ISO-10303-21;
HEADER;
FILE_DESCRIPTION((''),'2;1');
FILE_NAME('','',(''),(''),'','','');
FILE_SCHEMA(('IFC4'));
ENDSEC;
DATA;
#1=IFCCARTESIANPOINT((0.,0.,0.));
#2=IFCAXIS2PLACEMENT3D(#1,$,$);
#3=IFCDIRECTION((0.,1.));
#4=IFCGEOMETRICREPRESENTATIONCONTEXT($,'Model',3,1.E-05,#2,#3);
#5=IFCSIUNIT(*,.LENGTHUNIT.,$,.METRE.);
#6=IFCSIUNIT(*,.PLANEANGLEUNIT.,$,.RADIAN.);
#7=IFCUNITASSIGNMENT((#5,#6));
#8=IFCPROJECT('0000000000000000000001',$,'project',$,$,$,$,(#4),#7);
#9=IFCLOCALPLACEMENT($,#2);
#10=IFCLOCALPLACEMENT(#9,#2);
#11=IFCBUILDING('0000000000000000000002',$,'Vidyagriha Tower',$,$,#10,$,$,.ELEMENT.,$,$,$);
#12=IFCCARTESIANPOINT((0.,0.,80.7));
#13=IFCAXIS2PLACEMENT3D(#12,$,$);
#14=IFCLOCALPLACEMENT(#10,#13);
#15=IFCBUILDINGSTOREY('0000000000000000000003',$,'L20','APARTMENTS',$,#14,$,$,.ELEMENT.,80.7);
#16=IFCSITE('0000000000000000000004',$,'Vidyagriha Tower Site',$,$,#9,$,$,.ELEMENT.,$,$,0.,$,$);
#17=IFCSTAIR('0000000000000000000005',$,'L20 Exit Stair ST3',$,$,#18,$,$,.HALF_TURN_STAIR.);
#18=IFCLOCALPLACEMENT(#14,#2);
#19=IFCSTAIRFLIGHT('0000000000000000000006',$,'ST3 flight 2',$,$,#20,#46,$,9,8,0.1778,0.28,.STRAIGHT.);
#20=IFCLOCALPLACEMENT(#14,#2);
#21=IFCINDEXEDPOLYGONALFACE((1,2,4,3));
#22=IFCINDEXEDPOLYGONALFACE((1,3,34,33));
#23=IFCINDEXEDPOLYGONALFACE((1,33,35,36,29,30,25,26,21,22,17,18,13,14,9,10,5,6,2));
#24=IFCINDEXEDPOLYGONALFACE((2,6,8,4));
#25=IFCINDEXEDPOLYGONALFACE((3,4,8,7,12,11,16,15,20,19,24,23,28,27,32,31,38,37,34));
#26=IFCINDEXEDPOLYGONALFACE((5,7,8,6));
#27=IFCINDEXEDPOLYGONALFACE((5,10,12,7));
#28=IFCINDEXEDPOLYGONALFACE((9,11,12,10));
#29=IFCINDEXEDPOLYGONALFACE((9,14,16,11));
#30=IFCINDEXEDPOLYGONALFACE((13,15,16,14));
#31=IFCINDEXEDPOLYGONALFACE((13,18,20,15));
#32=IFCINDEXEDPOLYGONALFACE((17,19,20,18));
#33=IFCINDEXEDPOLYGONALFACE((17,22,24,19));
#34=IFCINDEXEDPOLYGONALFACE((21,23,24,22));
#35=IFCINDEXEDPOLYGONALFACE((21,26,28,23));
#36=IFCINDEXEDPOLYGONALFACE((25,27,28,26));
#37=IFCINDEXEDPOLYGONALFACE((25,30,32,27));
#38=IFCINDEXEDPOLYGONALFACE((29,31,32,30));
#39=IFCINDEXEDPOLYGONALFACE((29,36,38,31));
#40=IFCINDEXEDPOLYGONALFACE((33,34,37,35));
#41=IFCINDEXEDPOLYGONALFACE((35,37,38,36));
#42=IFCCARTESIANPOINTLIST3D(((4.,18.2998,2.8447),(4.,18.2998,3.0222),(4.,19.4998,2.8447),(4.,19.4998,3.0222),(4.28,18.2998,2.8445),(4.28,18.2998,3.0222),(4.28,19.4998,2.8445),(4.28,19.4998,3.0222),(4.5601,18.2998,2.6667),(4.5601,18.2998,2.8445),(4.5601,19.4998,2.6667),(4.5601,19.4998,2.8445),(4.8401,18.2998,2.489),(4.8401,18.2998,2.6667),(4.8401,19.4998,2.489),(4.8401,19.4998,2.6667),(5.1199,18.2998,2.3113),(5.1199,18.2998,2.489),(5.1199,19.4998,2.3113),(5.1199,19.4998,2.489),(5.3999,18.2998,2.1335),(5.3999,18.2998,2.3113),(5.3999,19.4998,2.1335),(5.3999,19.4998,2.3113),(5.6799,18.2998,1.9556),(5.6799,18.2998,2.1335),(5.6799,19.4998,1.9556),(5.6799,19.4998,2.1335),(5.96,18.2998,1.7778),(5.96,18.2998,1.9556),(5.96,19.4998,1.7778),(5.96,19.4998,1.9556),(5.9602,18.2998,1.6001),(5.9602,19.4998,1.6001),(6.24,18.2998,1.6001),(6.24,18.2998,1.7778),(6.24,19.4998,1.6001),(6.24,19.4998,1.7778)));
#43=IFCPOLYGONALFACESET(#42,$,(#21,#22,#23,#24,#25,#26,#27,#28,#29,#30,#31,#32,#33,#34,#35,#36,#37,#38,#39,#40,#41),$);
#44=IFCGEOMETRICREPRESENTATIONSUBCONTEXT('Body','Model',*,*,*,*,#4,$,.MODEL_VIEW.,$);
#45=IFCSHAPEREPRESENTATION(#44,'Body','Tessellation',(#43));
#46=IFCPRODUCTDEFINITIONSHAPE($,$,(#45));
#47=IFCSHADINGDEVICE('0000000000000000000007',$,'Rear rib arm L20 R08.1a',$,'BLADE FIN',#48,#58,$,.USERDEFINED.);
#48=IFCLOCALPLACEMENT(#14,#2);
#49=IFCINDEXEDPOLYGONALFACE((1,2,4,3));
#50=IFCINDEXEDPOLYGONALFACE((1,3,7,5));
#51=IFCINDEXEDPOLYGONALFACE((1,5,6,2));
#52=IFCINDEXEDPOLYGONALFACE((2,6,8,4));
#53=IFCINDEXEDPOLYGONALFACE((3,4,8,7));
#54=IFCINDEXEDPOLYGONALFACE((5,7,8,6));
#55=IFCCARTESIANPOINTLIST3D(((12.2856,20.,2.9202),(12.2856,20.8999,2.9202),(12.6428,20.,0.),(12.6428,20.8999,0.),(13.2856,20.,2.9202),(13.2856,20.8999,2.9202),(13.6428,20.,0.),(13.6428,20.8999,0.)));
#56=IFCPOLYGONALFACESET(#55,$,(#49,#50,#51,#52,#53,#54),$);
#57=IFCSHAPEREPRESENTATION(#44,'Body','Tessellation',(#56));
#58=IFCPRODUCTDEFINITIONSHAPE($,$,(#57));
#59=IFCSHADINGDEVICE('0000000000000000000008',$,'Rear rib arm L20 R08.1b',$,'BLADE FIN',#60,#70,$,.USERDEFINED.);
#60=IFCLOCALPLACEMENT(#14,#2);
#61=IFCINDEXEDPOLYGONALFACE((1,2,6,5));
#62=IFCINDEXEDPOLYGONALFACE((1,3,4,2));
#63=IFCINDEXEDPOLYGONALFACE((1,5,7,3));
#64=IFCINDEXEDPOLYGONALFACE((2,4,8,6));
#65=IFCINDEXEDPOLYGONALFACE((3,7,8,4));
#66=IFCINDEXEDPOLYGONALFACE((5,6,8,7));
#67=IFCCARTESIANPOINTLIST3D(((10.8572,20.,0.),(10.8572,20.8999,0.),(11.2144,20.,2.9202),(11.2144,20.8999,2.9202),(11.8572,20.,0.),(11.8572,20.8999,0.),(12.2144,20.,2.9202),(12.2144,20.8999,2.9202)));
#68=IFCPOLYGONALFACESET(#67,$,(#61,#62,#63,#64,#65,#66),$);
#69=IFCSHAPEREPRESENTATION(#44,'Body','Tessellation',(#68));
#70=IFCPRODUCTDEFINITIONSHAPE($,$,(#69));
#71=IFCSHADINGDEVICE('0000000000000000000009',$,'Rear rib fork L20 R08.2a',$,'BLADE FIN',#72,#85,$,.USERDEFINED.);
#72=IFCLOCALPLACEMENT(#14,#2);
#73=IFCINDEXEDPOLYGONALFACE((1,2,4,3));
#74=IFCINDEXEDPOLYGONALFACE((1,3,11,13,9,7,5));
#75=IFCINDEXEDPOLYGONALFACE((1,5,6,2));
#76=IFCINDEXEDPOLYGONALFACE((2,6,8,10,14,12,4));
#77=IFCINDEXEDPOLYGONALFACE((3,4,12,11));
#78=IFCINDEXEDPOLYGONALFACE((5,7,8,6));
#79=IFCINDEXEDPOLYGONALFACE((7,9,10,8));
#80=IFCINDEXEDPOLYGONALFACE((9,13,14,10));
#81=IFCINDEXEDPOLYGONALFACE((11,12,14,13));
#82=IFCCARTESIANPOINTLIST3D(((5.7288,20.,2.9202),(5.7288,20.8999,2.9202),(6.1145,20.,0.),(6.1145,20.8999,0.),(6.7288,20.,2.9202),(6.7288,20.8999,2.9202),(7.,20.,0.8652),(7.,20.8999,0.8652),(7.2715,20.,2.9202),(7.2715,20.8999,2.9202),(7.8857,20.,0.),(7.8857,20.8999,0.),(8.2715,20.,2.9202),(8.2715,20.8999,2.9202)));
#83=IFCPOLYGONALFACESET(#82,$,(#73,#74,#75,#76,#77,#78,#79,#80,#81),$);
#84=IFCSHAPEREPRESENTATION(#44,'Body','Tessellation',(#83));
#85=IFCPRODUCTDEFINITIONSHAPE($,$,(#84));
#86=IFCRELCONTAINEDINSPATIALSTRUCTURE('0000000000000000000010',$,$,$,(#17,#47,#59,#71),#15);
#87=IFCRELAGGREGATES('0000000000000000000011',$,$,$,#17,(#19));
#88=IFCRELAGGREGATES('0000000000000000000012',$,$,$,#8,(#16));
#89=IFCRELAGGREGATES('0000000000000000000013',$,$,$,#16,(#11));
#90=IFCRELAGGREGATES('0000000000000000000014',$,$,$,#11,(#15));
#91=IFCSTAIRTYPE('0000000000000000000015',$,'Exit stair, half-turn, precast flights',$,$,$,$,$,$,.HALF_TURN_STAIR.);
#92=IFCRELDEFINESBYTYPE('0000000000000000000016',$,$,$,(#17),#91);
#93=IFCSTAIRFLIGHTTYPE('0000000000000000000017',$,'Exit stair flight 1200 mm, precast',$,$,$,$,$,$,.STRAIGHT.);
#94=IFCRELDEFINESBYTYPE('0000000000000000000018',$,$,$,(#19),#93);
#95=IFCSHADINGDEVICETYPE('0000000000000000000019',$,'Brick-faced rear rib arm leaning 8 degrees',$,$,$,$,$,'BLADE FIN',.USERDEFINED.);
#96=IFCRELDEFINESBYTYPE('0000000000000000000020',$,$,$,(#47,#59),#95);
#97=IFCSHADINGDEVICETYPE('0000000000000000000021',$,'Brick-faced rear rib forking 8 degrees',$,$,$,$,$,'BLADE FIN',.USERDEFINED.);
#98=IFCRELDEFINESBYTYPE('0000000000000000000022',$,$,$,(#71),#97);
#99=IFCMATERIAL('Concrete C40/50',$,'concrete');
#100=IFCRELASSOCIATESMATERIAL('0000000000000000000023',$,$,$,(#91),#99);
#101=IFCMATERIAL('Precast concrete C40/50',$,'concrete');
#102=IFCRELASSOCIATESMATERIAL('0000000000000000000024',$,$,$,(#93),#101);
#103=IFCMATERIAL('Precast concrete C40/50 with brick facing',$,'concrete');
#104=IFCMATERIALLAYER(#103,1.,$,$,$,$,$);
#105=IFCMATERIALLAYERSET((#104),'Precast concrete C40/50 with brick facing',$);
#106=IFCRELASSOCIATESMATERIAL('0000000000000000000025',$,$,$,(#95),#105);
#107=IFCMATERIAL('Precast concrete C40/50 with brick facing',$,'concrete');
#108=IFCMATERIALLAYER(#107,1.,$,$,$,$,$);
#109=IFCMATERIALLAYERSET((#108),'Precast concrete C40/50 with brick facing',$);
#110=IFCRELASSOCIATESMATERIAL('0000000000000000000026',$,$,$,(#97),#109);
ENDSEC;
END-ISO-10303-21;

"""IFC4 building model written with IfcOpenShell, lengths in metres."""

from ifc_helpers import new_model, si_unit, direction, frame, origin, place, context, subcontext, project, spatial, polyline, outline, extrude, material, layer, layer_set, type_object, element, aggregate, save


model = new_model("IFC4")

# Units and contexts
model_context = context("Model", 3, precision=1e-05, world=origin(), true_north=direction((0.0, 1.0)))
body_context = subcontext(model_context, "Body", "Model", "MODEL_VIEW")
ifc_project = project(units=[si_unit("LENGTHUNIT", "METRE"), si_unit("PLANEANGLEUNIT", "RADIAN")], contexts=[model_context])

# Site, building, storey
site_placement = place(None, origin())
site = spatial("IfcSite", under=ifc_project, at=site_placement, Name="Vidyagriha Tower Site", CompositionType="ELEMENT", RefElevation=0.0)
building_placement = place(site_placement, origin())
building = spatial("IfcBuilding", under=site, at=building_placement, Name="Vidyagriha Tower", CompositionType="ELEMENT")
storey_placement = place(building_placement, frame((0.0, 0.0, 80.7)))
storey = spatial("IfcBuildingStorey", under=building, at=storey_placement, Name="L20", Description="APARTMENTS", CompositionType="ELEMENT", Elevation=80.7)

# Stair, stair flight
ifc_material_1 = material(Name="Concrete C40/50", Category="concrete")
stair_type = type_object("IfcStairType", Name="Exit stair, half-turn, precast flights", PredefinedType="HALF_TURN_STAIR", material=ifc_material_1)
stair_placement = place(storey_placement, origin())
stair = element("IfcStair", 1, at=stair_placement, inside=storey, type_object=stair_type, Name="L20 Exit Stair ST3", PredefinedType="HALF_TURN_STAIR")
ifc_material_2 = material(Name="Precast concrete C40/50", Category="concrete")
stair_flight_type = type_object("IfcStairFlightType", Name="Exit stair flight 1200 mm, precast", PredefinedType="STRAIGHT", material=ifc_material_2)
stair_flight_1_placement = place(storey_placement, frame((6.24, 18.8999, 1.6001), z_axis=(0.0, 0.0, 1.0), x_axis=(-1.0, 0.0, 0.0)))
stair_flight_1 = element("IfcStairFlight", 2, at=stair_flight_1_placement, type_object=stair_flight_type, Name="ST3 flight 2", NumberOfRisers=9, NumberOfTreads=8, PredefinedType="STRAIGHT", RiserHeight=0.1778, TreadLength=0.28, context=body_context, shape_type="SweptSolid", body=[
    extrude(outline(polyline([(0.0, 0.0), (0.0, 0.1777), (0.28, 0.1777), (0.28, 0.3555), (0.5601, 0.3555), (0.5601, 0.5334), (0.8401, 0.5334), (0.8401, 0.7112), (1.1201, 0.7112), (1.1201, 0.8889), (1.3999, 0.8889), (1.3999, 1.0667), (1.6799, 1.0667), (1.6799, 1.2444), (1.96, 1.2444), (1.96, 1.4221), (2.24, 1.4221), (2.24, 1.6001), (2.24, 1.2446), (0.2798, 0.0), (0.0, 0.0)])), frame((0.0, 0.6001, 0.0), z_axis=(0.0, -1.0, 0.0), x_axis=(1.0, 0.0, 0.0)), (0.0, 0.0, 1.0), 1.2),
])
aggregate(stair, [stair_flight_1])

# Shading devices
ifc_material_3 = material(Name="Precast concrete C40/50 with brick facing", Category="concrete")
ifc_layer_1 = layer(ifc_material_3, 1.0)
ifc_layer_set_1 = layer_set([ifc_layer_1], Name="Precast concrete C40/50 with brick facing")
shading_device_type_1 = type_object("IfcShadingDeviceType", Name="Brick-faced rear rib arm leaning 8 degrees", ElementType="BLADE FIN", PredefinedType="USERDEFINED", material=ifc_layer_set_1)
shading_device_1_placement = place(storey_placement, frame((13.6428, 20.45, 0.0), z_axis=(0.0, 0.0, 1.0), x_axis=(-1.0, 0.0, 0.0)))
element("IfcShadingDevice", 3, at=shading_device_1_placement, inside=storey, type_object=shading_device_type_1, Name="Rear rib arm L20 R08.1a", ObjectType="BLADE FIN", PredefinedType="USERDEFINED", context=body_context, shape_type="SweptSolid", body=[
    extrude(outline(polyline([(0.0, 0.0), (1.0, 0.0), (1.3572, 2.9202), (0.3572, 2.9202), (0.0, 0.0)])), frame((0.0, 0.45, 0.0), z_axis=(0.0, -1.0, 0.0), x_axis=(1.0, 0.0, 0.0)), (0.0, 0.0, 1.0), 0.8999),
])
shading_device_2_placement = place(storey_placement, frame((12.2144, 20.45, 0.0), z_axis=(0.0, 0.0, 1.0), x_axis=(-1.0, 0.0, 0.0)))
element("IfcShadingDevice", 4, at=shading_device_2_placement, inside=storey, type_object=shading_device_type_1, Name="Rear rib arm L20 R08.1b", ObjectType="BLADE FIN", PredefinedType="USERDEFINED", context=body_context, shape_type="SweptSolid", body=[
    extrude(outline(polyline([(0.3572, 0.0), (1.3572, 0.0), (1.0, 2.9202), (0.0, 2.9202), (0.3572, 0.0)])), frame((0.0, 0.45, 0.0), z_axis=(0.0, -1.0, 0.0), x_axis=(1.0, 0.0, 0.0)), (0.0, 0.0, 1.0), 0.8999),
])
ifc_material_4 = material(Name="Precast concrete C40/50 with brick facing", Category="concrete")
ifc_layer_2 = layer(ifc_material_4, 1.0)
ifc_layer_set_2 = layer_set([ifc_layer_2], Name="Precast concrete C40/50 with brick facing")
shading_device_type_2 = type_object("IfcShadingDeviceType", Name="Brick-faced rear rib forking 8 degrees", ElementType="BLADE FIN", PredefinedType="USERDEFINED", material=ifc_layer_set_2)
shading_device_3_placement = place(storey_placement, frame((8.2715, 20.45, 0.0), z_axis=(0.0, 0.0, 1.0), x_axis=(-1.0, 0.0, 0.0)))
element("IfcShadingDevice", 5, at=shading_device_3_placement, inside=storey, type_object=shading_device_type_2, Name="Rear rib fork L20 R08.2a", ObjectType="BLADE FIN", PredefinedType="USERDEFINED", context=body_context, shape_type="SweptSolid", body=[
    extrude(outline(polyline([(0.3857, 0.0), (2.157, 0.0), (2.5427, 2.9202), (1.5427, 2.9202), (1.2715, 0.8652), (1.0, 2.9202), (0.0, 2.9202), (0.3857, 0.0)])), frame((0.0, 0.45, 0.0), z_axis=(0.0, -1.0, 0.0), x_axis=(1.0, 0.0, 0.0)), (0.0, 0.0, 1.0), 0.8999),
])

save(model, "model.ifc")
